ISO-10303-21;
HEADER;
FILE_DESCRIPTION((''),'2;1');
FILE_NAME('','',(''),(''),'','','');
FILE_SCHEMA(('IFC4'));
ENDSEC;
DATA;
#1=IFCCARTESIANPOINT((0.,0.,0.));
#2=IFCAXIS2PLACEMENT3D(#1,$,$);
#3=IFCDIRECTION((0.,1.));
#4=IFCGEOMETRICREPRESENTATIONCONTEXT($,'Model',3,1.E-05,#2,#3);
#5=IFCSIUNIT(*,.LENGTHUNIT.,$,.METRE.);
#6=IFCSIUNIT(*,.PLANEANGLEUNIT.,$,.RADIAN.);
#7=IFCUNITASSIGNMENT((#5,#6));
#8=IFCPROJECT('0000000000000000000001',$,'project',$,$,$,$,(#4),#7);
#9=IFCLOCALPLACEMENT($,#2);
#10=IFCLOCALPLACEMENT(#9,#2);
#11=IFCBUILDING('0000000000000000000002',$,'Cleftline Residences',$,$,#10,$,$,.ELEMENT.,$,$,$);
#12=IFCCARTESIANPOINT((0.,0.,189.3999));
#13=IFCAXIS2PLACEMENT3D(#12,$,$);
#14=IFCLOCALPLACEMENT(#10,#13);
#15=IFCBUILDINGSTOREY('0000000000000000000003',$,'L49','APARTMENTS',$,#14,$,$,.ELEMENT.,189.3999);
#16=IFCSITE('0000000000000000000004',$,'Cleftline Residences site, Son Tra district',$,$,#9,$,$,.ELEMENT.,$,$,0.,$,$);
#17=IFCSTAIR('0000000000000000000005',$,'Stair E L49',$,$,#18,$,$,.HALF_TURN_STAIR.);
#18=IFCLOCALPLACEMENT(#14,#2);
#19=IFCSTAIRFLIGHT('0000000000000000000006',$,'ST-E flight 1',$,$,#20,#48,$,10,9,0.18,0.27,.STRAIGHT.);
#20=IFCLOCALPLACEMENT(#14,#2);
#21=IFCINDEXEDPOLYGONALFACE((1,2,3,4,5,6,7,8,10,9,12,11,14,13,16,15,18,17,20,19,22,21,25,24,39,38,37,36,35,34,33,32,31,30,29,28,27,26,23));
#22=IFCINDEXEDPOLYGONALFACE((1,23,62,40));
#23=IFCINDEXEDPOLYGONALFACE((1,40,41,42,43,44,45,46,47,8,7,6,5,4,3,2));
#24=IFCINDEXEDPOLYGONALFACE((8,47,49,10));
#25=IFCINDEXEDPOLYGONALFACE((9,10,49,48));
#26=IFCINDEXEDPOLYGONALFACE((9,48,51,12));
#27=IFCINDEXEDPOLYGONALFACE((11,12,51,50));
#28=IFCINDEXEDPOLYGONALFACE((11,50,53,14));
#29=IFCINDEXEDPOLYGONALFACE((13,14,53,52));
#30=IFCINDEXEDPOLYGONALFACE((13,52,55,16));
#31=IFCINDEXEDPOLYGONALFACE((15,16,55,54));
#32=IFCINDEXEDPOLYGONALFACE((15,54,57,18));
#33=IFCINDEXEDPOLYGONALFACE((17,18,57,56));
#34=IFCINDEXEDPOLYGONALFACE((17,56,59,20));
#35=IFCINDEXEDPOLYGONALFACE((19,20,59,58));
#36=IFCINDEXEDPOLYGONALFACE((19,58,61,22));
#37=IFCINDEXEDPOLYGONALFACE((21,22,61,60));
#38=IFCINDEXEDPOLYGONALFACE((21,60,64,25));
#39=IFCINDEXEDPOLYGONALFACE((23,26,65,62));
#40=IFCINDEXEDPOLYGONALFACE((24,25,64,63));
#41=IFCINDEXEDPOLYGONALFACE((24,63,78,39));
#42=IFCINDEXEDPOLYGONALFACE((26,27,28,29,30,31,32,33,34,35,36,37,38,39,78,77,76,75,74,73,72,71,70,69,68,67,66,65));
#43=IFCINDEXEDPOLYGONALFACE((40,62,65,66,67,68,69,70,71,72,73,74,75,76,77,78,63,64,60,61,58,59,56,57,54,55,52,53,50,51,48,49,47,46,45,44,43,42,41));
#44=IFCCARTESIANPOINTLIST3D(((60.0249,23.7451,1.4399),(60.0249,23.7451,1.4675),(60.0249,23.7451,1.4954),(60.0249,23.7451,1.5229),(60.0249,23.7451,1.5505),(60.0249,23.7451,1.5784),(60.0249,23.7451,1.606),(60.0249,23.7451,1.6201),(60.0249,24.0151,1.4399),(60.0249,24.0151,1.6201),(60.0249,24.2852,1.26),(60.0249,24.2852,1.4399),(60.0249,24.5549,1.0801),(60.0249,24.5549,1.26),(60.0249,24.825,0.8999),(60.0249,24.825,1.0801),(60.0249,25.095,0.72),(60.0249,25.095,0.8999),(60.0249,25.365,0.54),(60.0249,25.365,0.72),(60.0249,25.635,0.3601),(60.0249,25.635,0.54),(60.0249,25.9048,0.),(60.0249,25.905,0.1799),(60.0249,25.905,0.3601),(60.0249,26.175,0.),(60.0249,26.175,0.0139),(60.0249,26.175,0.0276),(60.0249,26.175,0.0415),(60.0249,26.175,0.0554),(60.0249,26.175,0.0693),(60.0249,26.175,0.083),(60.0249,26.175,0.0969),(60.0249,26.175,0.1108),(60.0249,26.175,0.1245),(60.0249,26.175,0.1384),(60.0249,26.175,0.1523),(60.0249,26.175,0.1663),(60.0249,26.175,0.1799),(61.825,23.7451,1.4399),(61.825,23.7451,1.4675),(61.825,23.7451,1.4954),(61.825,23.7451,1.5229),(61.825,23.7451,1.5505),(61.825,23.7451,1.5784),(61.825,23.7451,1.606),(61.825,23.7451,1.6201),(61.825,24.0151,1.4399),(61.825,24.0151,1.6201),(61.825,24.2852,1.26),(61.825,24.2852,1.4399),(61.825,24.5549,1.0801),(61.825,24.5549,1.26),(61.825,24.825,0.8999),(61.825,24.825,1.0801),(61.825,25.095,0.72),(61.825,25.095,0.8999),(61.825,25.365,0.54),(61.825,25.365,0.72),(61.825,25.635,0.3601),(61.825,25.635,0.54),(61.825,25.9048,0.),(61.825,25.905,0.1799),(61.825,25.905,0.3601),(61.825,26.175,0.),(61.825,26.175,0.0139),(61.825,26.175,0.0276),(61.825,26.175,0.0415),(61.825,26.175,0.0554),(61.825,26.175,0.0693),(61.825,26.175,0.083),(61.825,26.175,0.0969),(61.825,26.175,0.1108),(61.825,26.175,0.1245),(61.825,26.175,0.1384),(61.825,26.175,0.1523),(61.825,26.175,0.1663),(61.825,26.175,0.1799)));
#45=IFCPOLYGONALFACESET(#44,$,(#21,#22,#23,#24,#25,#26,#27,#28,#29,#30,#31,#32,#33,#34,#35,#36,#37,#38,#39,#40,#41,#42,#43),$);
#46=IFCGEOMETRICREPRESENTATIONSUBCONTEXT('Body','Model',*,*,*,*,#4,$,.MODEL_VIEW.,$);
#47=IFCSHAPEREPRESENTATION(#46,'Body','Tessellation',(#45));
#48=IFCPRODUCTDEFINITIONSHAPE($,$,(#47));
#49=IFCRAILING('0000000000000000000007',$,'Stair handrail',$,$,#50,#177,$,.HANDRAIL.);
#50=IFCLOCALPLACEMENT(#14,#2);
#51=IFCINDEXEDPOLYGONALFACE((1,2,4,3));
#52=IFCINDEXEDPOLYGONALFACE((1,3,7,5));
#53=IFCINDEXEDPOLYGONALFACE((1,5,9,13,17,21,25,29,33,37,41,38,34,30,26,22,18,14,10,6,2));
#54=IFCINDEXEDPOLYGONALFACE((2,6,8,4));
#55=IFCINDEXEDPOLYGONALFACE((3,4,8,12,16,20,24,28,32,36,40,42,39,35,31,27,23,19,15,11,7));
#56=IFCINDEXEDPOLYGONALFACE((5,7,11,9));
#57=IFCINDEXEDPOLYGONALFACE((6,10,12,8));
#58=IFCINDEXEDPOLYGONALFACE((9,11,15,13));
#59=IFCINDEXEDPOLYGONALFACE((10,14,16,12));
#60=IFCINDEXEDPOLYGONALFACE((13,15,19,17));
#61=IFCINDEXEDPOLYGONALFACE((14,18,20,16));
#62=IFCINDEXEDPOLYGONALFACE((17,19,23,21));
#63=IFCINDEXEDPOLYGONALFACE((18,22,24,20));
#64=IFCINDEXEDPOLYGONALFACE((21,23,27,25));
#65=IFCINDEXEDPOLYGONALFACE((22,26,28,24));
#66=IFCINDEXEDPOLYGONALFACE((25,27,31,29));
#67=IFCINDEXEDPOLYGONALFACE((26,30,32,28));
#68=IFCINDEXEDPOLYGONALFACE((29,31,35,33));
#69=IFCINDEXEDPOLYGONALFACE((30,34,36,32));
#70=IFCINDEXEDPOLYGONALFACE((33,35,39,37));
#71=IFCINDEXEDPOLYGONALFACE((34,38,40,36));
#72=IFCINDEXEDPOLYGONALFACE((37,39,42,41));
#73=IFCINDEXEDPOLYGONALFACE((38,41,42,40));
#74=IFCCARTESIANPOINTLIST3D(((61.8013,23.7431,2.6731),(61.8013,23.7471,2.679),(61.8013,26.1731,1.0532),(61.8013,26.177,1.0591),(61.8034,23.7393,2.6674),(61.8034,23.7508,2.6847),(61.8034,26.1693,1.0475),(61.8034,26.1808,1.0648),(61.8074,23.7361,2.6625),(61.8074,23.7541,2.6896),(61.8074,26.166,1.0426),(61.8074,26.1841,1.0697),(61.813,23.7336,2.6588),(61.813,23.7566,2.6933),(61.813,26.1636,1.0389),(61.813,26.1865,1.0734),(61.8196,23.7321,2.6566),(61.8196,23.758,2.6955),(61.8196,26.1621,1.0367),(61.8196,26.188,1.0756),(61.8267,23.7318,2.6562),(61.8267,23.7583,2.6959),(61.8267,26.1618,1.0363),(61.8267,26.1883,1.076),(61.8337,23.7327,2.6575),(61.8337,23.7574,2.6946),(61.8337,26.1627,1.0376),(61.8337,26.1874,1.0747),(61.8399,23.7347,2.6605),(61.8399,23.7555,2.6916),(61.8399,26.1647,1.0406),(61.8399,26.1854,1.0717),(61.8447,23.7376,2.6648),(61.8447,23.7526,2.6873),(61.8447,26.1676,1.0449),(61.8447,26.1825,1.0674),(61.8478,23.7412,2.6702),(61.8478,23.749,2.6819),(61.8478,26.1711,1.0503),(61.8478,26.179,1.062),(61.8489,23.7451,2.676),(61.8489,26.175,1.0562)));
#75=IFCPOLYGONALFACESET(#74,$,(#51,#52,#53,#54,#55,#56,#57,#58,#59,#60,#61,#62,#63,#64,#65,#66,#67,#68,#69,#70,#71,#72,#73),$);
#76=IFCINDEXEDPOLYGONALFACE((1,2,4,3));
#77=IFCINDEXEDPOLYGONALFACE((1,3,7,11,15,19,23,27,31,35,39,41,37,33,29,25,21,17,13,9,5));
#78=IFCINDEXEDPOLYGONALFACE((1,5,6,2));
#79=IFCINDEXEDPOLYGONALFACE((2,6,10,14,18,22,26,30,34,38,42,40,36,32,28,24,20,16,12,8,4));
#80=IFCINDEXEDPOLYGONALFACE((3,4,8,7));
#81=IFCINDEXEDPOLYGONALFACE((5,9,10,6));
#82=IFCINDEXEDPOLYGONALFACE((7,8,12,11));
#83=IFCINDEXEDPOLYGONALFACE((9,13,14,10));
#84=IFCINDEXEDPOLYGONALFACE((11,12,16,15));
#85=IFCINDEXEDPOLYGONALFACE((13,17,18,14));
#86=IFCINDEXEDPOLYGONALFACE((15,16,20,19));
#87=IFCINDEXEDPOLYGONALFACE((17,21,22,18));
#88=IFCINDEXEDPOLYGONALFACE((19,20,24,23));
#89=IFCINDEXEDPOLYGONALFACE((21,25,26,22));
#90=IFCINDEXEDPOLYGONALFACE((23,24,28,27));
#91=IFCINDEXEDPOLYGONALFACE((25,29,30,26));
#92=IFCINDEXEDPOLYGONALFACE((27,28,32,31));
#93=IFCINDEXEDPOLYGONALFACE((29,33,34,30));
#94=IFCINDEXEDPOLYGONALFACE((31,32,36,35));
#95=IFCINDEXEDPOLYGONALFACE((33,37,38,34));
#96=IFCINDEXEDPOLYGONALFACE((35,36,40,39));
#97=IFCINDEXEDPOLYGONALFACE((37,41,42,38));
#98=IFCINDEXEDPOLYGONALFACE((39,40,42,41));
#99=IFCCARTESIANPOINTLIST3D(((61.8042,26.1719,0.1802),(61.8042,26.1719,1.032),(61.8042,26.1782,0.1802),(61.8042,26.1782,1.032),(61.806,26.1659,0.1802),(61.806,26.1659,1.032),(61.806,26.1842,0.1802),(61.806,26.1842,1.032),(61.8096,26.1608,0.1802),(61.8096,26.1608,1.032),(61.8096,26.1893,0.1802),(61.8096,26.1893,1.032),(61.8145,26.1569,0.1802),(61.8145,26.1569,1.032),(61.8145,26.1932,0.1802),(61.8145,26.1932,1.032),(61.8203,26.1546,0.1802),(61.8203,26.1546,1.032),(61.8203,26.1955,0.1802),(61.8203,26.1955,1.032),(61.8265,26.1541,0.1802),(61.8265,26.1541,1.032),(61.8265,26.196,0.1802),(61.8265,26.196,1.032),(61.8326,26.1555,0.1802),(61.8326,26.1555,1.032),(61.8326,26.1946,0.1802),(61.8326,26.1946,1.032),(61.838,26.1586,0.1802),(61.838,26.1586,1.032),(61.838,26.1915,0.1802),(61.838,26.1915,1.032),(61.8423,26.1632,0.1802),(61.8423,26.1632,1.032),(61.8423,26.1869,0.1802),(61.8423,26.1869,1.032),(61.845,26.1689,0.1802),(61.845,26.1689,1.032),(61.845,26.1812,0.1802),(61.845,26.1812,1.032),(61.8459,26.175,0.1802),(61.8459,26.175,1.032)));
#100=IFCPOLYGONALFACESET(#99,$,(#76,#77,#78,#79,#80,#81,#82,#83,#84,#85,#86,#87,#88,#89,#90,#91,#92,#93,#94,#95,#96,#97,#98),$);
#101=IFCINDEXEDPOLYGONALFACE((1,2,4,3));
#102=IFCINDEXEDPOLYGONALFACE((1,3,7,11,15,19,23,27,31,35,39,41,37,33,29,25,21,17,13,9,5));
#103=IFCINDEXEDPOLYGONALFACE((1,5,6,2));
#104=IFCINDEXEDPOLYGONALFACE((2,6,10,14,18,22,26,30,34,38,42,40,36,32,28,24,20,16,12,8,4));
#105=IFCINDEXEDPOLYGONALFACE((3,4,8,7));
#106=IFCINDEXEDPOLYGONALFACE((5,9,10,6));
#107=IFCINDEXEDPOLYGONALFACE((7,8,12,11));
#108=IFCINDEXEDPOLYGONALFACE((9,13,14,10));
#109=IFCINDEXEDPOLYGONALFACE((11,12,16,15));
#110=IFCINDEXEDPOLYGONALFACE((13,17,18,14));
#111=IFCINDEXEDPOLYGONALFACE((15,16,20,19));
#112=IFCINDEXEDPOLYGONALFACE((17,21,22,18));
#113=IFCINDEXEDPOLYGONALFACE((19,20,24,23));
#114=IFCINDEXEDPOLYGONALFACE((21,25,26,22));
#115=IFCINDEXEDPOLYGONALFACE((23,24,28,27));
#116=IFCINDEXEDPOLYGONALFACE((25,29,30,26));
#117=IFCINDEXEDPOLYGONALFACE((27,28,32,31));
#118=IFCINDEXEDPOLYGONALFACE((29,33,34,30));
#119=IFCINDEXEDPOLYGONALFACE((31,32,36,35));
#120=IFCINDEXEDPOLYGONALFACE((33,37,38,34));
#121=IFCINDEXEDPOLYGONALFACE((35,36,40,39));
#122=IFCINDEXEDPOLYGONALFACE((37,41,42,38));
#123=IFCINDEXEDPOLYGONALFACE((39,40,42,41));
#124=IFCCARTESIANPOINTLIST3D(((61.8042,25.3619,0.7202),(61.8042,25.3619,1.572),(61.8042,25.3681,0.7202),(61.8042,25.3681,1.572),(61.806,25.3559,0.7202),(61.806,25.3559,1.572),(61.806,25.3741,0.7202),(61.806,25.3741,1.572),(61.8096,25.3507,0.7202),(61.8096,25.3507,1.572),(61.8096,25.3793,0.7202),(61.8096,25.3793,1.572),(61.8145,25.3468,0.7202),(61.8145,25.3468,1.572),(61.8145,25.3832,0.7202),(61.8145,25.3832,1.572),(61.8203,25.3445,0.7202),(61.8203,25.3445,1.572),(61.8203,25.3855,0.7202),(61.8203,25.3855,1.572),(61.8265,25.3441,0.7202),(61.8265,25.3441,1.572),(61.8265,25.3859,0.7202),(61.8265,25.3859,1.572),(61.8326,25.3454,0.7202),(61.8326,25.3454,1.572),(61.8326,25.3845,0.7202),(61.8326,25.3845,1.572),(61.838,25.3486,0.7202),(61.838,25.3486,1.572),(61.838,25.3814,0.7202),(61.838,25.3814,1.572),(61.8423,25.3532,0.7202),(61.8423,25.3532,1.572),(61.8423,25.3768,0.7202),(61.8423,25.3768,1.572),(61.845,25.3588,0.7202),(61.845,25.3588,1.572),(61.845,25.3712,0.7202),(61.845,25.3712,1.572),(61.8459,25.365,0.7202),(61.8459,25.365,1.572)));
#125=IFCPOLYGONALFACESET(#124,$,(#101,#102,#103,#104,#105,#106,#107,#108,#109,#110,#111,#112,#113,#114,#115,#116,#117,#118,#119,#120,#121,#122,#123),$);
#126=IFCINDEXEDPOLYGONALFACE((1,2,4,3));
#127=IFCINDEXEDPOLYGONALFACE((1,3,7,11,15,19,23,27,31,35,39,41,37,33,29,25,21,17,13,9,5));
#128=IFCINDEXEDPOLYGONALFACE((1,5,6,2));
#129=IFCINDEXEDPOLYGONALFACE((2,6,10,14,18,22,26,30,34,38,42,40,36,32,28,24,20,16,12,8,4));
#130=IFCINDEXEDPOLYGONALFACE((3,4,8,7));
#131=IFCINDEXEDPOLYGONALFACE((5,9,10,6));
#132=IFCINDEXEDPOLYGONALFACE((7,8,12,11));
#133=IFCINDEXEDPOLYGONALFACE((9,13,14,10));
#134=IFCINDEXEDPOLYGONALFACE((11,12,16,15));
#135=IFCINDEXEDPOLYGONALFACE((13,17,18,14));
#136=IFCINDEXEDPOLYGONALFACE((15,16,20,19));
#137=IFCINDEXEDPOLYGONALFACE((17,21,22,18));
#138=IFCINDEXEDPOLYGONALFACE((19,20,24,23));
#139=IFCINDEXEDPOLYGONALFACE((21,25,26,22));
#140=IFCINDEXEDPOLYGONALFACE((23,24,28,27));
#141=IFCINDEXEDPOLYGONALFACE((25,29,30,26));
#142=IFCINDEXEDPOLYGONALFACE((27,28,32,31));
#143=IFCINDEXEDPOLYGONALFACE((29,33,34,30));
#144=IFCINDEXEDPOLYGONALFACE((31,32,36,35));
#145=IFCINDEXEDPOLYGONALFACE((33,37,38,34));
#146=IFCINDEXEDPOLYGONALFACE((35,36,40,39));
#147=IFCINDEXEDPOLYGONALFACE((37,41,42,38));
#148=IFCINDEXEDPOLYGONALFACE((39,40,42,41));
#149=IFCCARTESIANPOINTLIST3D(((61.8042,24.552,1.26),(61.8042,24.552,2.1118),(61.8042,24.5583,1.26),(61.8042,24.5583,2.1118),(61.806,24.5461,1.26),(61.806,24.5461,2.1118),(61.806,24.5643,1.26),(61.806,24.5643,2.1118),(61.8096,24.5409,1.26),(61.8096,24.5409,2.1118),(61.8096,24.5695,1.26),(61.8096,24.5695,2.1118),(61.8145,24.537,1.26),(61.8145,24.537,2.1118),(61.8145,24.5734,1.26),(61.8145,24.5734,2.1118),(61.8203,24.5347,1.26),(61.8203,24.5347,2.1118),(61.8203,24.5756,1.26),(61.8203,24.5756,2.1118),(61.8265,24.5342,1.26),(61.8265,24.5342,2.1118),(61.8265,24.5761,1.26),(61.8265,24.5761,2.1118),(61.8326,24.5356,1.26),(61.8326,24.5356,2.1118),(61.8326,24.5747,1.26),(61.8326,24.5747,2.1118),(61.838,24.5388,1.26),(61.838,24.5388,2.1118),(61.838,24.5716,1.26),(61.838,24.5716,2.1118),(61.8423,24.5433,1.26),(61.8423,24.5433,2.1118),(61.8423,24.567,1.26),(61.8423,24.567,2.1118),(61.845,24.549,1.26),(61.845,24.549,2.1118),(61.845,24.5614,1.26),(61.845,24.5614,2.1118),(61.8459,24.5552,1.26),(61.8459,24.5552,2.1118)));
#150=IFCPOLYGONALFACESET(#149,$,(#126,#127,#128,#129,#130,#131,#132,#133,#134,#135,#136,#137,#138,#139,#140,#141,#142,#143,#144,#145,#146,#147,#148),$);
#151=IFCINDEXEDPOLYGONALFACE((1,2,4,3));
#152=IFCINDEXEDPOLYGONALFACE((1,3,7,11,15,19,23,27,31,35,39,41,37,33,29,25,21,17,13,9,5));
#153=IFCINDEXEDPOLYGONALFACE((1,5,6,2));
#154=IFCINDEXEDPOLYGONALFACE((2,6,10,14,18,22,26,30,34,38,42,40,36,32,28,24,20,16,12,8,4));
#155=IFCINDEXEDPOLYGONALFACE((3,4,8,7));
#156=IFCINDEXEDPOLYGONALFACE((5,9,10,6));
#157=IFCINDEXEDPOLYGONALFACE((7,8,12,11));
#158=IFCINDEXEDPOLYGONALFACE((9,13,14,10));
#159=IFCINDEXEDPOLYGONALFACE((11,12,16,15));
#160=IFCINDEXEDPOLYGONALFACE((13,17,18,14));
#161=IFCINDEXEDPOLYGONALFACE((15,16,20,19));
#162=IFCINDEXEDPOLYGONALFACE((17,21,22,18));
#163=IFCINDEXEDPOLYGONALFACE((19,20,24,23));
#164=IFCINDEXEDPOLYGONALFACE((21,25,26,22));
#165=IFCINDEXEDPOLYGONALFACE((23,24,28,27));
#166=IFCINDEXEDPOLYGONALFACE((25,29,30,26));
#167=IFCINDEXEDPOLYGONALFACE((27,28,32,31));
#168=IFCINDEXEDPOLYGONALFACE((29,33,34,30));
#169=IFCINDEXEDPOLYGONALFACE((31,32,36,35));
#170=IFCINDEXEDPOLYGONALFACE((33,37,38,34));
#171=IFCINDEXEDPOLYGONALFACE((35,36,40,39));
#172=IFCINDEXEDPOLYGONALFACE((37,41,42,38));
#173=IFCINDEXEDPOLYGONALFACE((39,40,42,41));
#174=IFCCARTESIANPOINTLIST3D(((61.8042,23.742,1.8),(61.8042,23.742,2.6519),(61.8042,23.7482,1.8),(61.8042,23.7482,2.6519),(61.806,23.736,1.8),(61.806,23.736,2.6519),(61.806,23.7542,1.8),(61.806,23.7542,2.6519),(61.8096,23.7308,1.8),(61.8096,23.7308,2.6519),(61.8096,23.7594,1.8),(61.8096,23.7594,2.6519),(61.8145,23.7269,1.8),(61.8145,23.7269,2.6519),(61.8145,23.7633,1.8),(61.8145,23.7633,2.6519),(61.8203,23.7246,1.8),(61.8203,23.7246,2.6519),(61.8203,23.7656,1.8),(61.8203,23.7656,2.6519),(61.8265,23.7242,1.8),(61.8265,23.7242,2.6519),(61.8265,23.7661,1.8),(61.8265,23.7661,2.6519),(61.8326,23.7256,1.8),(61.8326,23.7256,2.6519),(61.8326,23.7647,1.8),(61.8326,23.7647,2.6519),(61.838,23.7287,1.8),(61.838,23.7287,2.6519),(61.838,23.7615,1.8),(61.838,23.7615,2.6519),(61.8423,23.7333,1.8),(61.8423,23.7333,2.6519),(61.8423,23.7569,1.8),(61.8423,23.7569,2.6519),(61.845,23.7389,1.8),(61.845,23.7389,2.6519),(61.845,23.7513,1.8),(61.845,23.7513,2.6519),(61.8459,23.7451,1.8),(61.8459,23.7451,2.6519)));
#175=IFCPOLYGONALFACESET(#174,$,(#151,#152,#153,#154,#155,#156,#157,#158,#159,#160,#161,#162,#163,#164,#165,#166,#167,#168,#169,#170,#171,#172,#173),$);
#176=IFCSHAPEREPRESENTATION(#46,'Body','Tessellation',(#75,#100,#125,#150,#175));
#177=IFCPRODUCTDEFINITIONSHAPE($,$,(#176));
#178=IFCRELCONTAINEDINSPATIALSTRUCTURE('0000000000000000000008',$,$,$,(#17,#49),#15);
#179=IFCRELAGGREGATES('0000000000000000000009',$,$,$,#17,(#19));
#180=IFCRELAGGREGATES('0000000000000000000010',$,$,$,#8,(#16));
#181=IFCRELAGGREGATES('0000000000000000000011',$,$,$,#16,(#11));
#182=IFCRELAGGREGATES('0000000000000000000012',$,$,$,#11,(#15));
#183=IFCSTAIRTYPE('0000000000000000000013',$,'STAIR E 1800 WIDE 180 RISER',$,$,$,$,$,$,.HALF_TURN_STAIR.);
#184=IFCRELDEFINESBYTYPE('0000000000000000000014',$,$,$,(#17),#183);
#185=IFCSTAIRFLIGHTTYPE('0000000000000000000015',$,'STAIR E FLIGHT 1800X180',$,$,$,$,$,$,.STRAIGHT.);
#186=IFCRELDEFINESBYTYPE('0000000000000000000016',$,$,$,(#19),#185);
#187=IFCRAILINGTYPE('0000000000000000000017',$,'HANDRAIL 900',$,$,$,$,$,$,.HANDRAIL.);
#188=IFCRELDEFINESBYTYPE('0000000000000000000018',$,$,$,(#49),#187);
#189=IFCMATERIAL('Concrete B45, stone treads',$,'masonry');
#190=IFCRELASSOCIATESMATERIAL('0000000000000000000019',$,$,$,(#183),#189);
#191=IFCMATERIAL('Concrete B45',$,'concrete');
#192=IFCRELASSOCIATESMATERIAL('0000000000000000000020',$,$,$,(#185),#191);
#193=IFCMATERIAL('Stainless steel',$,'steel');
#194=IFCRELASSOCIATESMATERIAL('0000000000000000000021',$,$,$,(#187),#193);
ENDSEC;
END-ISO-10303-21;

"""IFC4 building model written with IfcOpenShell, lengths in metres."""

from ifc_helpers import new_model, si_unit, direction, frame, origin, origin_2d, place, context, subcontext, project, spatial, polyline, circle, outline, extrude, material, type_object, element, aggregate, save


model = new_model("IFC4")

# Units and contexts
model_context = context("Model", 3, precision=1e-05, world=origin(), true_north=direction((0.0, 1.0)))
body_context = subcontext(model_context, "Body", "Model", "MODEL_VIEW")
ifc_project = project(units=[si_unit("LENGTHUNIT", "METRE"), si_unit("PLANEANGLEUNIT", "RADIAN")], contexts=[model_context])

# Site, building, storey
site_placement = place(None, origin())
site = spatial("IfcSite", under=ifc_project, at=site_placement, Name="Cleftline Residences site, Son Tra district", CompositionType="ELEMENT", RefElevation=0.0)
building_placement = place(site_placement, origin())
building = spatial("IfcBuilding", under=site, at=building_placement, Name="Cleftline Residences", CompositionType="ELEMENT")
storey_placement = place(building_placement, frame((0.0, 0.0, 189.3999)))
storey = spatial("IfcBuildingStorey", under=building, at=storey_placement, Name="L49", Description="APARTMENTS", CompositionType="ELEMENT", Elevation=189.3999)

# Stair, stair flight
ifc_material_1 = material(Name="Concrete B45, stone treads", Category="masonry")
stair_type = type_object("IfcStairType", Name="STAIR E 1800 WIDE 180 RISER", PredefinedType="HALF_TURN_STAIR", material=ifc_material_1)
stair_placement = place(storey_placement, origin())
stair = element("IfcStair", 1, at=stair_placement, inside=storey, type_object=stair_type, Name="Stair E L49", PredefinedType="HALF_TURN_STAIR")
ifc_material_2 = material(Name="Concrete B45", Category="concrete")
stair_flight_type = type_object("IfcStairFlightType", Name="STAIR E FLIGHT 1800X180", PredefinedType="STRAIGHT", material=ifc_material_2)
stair_flight_placement = place(storey_placement, frame((60.925, 26.175, 0.0), z_axis=(0.0, 0.0, 1.0), x_axis=(0.0, -1.0, 0.0)))
stair_flight = element("IfcStairFlight", 2, at=stair_flight_placement, type_object=stair_flight_type, Name="ST-E flight 1", NumberOfRisers=10, NumberOfTreads=9, PredefinedType="STRAIGHT", RiserHeight=0.18, TreadLength=0.27, context=body_context, shape_type="SweptSolid", body=[
    extrude(outline(polyline([(0.0, 0.0), (0.0, 0.0139), (0.0, 0.0276), (0.0, 0.0415), (0.0, 0.0554), (0.0, 0.0693), (0.0, 0.083), (0.0, 0.0969), (0.0, 0.1108), (0.0, 0.1245), (0.0, 0.1384), (0.0, 0.1523), (0.0, 0.1663), (0.0, 0.1799), (0.27, 0.1799), (0.27, 0.3601), (0.54, 0.3601), (0.54, 0.54), (0.8101, 0.54), (0.8101, 0.72), (1.0801, 0.72), (1.0801, 0.8999), (1.3501, 0.8999), (1.3501, 1.0801), (1.6201, 1.0801), (1.6201, 1.26), (1.8899, 1.26), (1.8899, 1.4399), (2.1599, 1.4399), (2.1599, 1.6201), (2.4299, 1.6201), (2.4299, 1.8), (2.4299, 1.7722), (2.4299, 1.7446), (2.4299, 1.7168), (2.4299, 1.6892), (2.4299, 1.6614), (2.4299, 1.6338), (2.4299, 1.606), (2.4299, 1.5784), (2.4299, 1.5505), (2.4299, 1.5229), (2.4299, 1.4954), (2.4299, 1.4675), (2.4299, 1.4399), (0.2703, 0.0), (0.0, 0.0)])), frame((0.0, 0.8999, 0.0), z_axis=(0.0, -1.0, 0.0), x_axis=(1.0, 0.0, 0.0)), (0.0, 0.0, 1.0), 1.8),
])
aggregate(stair, [stair_flight])

# Railing
ifc_material_3 = material(Name="Stainless steel", Category="steel")
railing_type = type_object("IfcRailingType", Name="HANDRAIL 900", PredefinedType="HANDRAIL", material=ifc_material_3)
railing_placement = place(storey_placement, frame((61.825, 26.175, 0.1802)))
element("IfcRailing", 3, at=railing_placement, inside=storey, type_object=railing_type, Name="Stair handrail", PredefinedType="HANDRAIL", context=body_context, shape_type="SweptSolid", body=[
    extrude(circle(Radius=0.0239, at=origin_2d()), frame((0.0, 0.0, 0.876), z_axis=(0.0, -0.832063, 0.554681), x_axis=(1.0, 0.0, 0.0)), (0.0, 0.0, 1.0), 2.9204),
    extrude(circle(Radius=0.021, at=origin_2d()), origin(), (0.0, 0.0, 1.0), 0.8518),
    extrude(circle(Radius=0.021, at=origin_2d()), frame((0.0, -0.8101, 0.54)), (0.0, 0.0, 1.0), 0.8518),
    extrude(circle(Radius=0.021, at=origin_2d()), frame((0.0, -1.6199, 1.0798)), (0.0, 0.0, 1.0), 0.8518),
    extrude(circle(Radius=0.021, at=origin_2d()), frame((0.0, -2.4299, 1.6199)), (0.0, 0.0, 1.0), 0.8518),
])

save(model, "model.ifc")
